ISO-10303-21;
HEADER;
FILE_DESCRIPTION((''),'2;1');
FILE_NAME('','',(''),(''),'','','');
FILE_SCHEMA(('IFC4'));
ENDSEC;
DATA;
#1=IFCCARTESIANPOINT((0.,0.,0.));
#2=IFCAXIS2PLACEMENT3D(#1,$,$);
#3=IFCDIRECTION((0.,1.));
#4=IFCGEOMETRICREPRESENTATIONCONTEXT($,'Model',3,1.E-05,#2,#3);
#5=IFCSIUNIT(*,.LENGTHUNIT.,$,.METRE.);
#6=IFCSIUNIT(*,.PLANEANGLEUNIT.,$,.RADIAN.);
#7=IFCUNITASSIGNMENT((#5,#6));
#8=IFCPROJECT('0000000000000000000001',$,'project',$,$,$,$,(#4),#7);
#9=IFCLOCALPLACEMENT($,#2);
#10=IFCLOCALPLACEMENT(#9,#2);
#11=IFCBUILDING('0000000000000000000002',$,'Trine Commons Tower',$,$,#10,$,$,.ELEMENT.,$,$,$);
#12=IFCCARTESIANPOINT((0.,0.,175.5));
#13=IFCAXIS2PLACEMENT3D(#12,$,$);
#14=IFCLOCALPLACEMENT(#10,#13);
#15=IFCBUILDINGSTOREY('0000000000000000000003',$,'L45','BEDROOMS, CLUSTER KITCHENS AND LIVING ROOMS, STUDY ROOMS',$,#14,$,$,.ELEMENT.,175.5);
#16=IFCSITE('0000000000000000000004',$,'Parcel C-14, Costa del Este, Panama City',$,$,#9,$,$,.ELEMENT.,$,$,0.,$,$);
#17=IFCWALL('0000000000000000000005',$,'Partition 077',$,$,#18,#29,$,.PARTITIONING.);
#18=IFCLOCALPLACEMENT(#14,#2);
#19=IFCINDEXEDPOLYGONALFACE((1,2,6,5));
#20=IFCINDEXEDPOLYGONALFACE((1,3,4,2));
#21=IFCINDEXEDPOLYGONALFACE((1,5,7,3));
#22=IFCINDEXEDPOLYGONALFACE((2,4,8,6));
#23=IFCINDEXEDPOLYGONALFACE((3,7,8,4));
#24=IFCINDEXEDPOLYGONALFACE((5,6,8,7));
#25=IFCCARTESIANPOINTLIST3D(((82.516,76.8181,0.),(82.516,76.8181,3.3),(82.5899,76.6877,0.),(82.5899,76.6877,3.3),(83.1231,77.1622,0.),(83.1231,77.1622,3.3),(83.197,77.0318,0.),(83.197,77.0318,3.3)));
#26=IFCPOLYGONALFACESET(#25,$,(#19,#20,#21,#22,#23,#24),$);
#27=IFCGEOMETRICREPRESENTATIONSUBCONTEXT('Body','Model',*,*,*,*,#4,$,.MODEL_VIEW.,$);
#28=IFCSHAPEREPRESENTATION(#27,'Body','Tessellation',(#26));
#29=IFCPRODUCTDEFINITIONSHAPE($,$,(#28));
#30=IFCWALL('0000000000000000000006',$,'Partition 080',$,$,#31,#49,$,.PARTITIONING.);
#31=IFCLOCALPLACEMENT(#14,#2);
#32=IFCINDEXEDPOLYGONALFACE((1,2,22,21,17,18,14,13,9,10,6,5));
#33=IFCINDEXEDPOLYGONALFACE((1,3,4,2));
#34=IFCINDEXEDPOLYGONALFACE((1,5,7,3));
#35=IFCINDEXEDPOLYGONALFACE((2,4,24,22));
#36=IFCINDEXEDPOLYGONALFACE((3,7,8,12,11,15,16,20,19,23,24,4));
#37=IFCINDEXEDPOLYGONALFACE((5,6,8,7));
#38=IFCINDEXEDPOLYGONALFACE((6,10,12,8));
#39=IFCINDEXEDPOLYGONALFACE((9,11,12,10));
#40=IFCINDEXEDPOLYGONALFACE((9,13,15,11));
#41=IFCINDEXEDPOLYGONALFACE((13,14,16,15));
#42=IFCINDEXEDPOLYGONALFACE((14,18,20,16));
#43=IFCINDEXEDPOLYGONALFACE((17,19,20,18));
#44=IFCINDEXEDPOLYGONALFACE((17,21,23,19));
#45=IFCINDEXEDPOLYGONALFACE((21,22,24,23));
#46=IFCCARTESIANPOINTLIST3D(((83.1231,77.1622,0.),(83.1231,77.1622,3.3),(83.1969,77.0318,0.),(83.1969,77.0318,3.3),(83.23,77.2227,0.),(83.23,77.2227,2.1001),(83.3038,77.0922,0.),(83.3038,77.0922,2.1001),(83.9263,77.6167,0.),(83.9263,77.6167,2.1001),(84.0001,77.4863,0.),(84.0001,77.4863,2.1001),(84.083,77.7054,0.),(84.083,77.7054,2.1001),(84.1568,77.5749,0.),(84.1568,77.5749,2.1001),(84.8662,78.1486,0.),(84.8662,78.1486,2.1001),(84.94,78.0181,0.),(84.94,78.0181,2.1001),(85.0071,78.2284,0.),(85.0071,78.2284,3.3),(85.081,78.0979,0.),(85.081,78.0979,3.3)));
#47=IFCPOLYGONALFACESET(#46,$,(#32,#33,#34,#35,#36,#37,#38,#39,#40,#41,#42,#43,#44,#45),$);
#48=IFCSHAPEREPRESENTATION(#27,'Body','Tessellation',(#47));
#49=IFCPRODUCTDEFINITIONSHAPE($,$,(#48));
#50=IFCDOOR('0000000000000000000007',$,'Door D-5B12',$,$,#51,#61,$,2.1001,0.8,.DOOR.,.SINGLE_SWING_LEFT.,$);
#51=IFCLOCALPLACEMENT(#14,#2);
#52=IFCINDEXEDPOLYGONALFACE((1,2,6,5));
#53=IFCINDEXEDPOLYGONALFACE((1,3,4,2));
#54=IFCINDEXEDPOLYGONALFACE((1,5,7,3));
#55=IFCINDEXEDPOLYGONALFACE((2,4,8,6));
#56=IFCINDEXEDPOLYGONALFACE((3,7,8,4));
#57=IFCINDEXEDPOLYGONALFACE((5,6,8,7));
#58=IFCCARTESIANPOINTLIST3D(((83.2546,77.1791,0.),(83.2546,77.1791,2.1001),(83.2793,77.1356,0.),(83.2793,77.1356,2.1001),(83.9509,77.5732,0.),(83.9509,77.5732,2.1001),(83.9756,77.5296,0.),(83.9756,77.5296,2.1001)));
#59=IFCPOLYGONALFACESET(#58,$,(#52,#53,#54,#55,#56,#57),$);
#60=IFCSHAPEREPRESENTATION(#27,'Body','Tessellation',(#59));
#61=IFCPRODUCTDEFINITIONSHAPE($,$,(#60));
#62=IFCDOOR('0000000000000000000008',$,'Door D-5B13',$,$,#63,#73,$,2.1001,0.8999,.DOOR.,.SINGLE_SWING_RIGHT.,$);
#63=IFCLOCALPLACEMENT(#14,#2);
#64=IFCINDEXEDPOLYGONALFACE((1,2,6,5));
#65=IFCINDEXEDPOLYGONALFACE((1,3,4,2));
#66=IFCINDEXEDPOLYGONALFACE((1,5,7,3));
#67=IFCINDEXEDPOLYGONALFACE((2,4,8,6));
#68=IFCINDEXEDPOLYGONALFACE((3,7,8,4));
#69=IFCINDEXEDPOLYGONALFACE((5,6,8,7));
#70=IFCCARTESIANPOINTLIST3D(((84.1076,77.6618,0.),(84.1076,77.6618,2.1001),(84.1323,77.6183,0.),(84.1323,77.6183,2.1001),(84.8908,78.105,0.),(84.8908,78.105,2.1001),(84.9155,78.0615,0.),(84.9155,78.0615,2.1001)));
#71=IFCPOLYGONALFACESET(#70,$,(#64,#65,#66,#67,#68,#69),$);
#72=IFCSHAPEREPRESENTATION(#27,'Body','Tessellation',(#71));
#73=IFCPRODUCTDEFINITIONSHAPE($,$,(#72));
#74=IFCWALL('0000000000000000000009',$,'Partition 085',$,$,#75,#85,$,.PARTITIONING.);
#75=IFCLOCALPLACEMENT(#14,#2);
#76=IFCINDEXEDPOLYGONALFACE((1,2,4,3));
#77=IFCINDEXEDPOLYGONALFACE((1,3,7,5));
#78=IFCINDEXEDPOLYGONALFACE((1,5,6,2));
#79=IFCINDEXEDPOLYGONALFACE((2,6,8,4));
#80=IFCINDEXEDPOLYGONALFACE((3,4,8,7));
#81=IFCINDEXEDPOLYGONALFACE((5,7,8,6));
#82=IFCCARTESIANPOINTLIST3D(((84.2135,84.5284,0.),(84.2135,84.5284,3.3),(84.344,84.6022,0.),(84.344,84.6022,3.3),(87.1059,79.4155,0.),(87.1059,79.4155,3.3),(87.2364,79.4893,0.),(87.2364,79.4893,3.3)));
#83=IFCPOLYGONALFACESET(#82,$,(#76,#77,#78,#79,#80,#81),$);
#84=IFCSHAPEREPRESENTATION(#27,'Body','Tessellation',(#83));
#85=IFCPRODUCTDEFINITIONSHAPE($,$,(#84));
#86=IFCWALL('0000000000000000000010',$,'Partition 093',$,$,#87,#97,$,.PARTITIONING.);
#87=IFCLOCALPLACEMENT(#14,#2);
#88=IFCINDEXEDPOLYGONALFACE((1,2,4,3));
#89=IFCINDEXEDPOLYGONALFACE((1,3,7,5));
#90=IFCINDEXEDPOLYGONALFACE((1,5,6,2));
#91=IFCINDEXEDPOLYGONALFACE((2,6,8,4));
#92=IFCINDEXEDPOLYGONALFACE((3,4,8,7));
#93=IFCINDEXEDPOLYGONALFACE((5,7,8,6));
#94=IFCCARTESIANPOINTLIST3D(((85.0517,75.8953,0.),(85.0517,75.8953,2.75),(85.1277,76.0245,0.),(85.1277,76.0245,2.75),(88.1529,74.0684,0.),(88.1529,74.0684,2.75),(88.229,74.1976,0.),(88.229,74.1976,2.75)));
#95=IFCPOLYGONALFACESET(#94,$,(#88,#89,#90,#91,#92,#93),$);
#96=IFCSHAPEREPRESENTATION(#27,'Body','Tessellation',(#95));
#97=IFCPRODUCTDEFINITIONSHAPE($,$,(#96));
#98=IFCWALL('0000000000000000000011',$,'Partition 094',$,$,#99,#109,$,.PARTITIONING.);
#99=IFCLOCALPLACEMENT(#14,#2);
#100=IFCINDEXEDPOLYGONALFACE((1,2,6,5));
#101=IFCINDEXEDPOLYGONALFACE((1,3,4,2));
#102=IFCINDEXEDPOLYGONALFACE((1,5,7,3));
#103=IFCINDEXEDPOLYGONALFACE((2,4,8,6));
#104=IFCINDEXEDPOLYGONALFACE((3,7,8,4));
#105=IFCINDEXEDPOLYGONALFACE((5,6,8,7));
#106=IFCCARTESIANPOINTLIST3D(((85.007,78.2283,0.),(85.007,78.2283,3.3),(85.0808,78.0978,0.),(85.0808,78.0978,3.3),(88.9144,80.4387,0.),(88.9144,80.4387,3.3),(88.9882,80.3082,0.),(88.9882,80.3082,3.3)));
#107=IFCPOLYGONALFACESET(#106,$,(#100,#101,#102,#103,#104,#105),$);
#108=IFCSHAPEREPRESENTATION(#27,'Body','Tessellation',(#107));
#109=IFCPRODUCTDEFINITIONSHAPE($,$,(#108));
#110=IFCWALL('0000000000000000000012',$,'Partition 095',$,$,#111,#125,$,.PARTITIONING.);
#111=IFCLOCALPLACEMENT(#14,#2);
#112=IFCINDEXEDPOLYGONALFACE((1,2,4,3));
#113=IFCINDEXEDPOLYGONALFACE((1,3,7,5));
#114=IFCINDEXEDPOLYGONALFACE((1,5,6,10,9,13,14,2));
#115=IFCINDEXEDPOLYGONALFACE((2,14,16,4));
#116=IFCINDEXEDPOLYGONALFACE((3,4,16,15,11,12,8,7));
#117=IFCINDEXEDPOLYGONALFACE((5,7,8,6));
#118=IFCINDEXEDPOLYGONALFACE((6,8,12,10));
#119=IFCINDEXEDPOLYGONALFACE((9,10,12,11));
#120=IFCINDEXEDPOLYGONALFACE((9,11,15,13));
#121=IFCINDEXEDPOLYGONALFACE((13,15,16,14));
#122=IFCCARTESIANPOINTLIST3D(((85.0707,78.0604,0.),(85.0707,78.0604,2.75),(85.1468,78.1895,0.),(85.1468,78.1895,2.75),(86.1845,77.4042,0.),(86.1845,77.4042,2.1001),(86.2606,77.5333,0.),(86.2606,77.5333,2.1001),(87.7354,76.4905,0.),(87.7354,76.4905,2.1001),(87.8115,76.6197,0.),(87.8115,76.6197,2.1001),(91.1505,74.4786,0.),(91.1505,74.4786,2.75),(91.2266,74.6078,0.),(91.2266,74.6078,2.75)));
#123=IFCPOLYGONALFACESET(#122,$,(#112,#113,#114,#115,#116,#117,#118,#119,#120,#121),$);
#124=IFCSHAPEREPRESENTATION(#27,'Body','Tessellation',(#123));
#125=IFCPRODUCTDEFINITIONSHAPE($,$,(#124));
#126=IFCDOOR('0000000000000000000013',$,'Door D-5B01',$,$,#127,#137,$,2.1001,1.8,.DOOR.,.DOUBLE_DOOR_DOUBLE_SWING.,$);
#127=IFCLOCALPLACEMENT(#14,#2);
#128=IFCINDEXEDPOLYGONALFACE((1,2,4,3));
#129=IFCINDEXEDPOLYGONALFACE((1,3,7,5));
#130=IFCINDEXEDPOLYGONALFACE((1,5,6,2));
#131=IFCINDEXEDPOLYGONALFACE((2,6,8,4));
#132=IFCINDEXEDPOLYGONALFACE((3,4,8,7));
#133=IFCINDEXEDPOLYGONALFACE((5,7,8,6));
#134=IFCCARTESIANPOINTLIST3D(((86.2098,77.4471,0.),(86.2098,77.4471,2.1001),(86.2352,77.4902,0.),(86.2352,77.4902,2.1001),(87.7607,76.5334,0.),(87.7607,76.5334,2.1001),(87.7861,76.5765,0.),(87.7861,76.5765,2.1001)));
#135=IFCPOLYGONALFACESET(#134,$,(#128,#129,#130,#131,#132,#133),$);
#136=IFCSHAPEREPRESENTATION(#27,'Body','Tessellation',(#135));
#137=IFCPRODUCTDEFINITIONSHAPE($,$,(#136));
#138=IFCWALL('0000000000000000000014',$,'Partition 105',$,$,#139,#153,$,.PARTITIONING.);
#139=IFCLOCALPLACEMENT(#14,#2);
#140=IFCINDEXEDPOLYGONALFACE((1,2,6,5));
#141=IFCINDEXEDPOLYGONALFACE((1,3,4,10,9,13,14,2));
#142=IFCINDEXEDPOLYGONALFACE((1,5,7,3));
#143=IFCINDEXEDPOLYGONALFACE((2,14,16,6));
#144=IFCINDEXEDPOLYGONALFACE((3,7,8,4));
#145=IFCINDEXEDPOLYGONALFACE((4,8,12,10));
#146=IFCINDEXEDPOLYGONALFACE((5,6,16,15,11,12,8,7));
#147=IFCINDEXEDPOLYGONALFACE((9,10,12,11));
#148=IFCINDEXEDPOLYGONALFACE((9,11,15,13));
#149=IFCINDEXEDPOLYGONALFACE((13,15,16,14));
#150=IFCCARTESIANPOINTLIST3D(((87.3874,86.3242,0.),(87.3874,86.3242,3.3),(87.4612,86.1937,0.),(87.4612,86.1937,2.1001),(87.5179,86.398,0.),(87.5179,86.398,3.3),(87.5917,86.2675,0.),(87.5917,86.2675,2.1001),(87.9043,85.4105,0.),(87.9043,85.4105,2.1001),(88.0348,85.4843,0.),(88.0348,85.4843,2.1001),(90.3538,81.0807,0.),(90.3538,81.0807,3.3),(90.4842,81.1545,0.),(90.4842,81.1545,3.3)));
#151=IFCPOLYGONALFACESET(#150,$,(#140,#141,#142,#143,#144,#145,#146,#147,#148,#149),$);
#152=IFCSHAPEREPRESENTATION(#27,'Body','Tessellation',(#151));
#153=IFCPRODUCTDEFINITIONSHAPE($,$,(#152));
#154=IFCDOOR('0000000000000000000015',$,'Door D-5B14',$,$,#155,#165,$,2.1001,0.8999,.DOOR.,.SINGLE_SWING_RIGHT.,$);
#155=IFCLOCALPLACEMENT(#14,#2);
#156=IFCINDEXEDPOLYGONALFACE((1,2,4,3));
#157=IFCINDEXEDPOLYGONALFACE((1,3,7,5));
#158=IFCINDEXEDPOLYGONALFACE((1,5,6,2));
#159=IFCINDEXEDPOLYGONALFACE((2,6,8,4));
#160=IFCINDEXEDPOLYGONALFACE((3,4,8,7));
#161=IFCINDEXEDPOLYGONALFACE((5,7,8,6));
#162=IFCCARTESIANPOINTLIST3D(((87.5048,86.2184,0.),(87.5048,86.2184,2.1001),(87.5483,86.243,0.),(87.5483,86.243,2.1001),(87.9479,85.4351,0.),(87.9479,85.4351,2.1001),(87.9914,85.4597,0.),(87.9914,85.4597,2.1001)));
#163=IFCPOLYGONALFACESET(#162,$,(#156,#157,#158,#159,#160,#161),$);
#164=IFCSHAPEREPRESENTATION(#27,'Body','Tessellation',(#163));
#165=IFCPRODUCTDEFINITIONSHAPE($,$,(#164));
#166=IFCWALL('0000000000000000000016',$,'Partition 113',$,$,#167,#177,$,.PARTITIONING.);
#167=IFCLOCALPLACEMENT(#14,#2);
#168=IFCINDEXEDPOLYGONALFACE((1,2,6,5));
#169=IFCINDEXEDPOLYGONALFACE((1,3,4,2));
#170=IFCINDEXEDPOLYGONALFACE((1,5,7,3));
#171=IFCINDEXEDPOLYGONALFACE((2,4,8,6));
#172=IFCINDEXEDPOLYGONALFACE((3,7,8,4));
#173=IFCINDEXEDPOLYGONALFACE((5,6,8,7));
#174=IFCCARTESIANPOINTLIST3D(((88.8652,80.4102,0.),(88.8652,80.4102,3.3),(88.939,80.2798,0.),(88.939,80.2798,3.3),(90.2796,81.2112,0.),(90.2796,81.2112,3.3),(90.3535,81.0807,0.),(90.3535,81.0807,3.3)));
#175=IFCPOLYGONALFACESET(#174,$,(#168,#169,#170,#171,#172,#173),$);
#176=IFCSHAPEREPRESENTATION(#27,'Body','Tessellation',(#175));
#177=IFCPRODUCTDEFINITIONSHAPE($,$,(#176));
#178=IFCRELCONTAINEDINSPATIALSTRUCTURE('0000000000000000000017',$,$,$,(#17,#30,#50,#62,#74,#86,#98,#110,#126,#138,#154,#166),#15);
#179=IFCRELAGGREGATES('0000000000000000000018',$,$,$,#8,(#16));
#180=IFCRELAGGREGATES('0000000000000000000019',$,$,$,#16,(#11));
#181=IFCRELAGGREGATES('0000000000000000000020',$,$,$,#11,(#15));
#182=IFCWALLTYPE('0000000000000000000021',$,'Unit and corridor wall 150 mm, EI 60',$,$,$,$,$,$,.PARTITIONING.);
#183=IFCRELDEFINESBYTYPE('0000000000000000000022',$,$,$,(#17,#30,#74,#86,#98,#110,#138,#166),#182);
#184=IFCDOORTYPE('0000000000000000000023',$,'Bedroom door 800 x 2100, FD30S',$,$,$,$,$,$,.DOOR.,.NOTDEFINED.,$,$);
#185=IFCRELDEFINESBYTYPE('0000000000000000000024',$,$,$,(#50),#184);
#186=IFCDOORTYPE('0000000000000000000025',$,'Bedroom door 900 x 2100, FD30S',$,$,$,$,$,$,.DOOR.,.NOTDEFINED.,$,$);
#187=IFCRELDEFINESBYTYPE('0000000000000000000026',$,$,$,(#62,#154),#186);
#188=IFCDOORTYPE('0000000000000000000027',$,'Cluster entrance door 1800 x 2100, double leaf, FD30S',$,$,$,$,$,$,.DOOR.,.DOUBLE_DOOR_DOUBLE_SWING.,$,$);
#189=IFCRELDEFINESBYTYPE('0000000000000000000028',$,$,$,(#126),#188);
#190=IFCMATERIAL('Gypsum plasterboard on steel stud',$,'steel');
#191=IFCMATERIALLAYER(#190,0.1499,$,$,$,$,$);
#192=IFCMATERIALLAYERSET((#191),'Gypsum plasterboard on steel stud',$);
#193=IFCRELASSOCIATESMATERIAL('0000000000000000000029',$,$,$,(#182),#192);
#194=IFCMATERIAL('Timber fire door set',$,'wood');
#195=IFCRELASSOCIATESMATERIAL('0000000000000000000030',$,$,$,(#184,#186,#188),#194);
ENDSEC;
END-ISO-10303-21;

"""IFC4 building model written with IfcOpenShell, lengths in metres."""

from ifc_helpers import new_model, si_unit, direction, frame, frame_2d, origin, place, context, subcontext, project, spatial, rectangle, extrude, material, layer, layer_set, type_object, element, fill, save


model = new_model("IFC4")

# Units and contexts
model_context = context("Model", 3, precision=1e-05, world=origin(), true_north=direction((0.0, 1.0)))
body_context = subcontext(model_context, "Body", "Model", "MODEL_VIEW")
ifc_project = project(units=[si_unit("LENGTHUNIT", "METRE"), si_unit("PLANEANGLEUNIT", "RADIAN")], contexts=[model_context])

# Site, building, storey
site_placement = place(None, origin())
site = spatial("IfcSite", under=ifc_project, at=site_placement, Name="Parcel C-14, Costa del Este, Panama City", CompositionType="ELEMENT", RefElevation=0.0)
building_placement = place(site_placement, origin())
building = spatial("IfcBuilding", under=site, at=building_placement, Name="Trine Commons Tower", CompositionType="ELEMENT")
storey_placement = place(building_placement, frame((0.0, 0.0, 175.5)))
storey = spatial("IfcBuildingStorey", under=building, at=storey_placement, Name="L45", Description="BEDROOMS, CLUSTER KITCHENS AND LIVING ROOMS, STUDY ROOMS", CompositionType="ELEMENT", Elevation=175.5)

# Wall
ifc_material_1 = material(Name="Gypsum plasterboard on steel stud", Category="steel")
ifc_layer_1 = layer(ifc_material_1, 0.1499)
ifc_layer_set_1 = layer_set([ifc_layer_1], Name="Gypsum plasterboard on steel stud")
wall_type_1 = type_object("IfcWallType", Name="Unit and corridor wall 150 mm, EI 60", PredefinedType="PARTITIONING", material=ifc_layer_set_1)
wall_1_placement = place(storey_placement, frame((82.553, 76.7529, 0.0), z_axis=(0.0, 0.0, 1.0), x_axis=(0.869982, 0.493083, 0.0)))
element("IfcWall", 1, at=wall_1_placement, inside=storey, type_object=wall_type_1, Name="Partition 077", PredefinedType="PARTITIONING", context=body_context, shape_type="SweptSolid", body=[
    extrude(rectangle(XDim=0.6978, YDim=0.1499, at=frame_2d((0.3489, 0.0))), origin(), (0.0, 0.0, 1.0), 3.3),
])

# Wall, openings, doors
wall_2_placement = place(storey_placement, frame((83.1599, 77.0969, 0.0), z_axis=(0.0, 0.0, 1.0), x_axis=(0.870311, 0.492503, 0.0)))
wall_2 = element("IfcWall", 2, at=wall_2_placement, inside=storey, type_object=wall_type_1, Name="Partition 080", PredefinedType="PARTITIONING", context=body_context, shape_type="SweptSolid", body=[
    extrude(rectangle(XDim=2.1648, YDim=0.1499, at=frame_2d((1.0825, 0.0))), origin(), (0.0, 0.0, 1.0), 3.3),
])
opening_1_placement = place(wall_2_placement, frame((0.123, 0.0, 0.0)))
opening_1 = element("IfcOpeningElement", 3, at=opening_1_placement, cuts=wall_2, PredefinedType="OPENING", context=body_context, shape_type="SweptSolid", body=[
    extrude(rectangle(XDim=0.8, YDim=2.1001, at=frame_2d((0.3999, 1.05))), frame((0.0, 0.085, 0.0), z_axis=(0.0, -1.0, 0.0), x_axis=(1.0, 0.0, 0.0)), (0.0, 0.0, 1.0), 0.1699),
])
opening_2_placement = place(wall_2_placement, frame((1.103, 0.0, 0.0)))
opening_2 = element("IfcOpeningElement", 4, at=opening_2_placement, cuts=wall_2, PredefinedType="OPENING", context=body_context, shape_type="SweptSolid", body=[
    extrude(rectangle(XDim=0.8999, YDim=2.1001, at=frame_2d((0.45, 1.05))), frame((0.0, 0.085, 0.0), z_axis=(0.0, -1.0, 0.0), x_axis=(1.0, 0.0, 0.0)), (0.0, 0.0, 1.0), 0.1699),
])
ifc_material_2 = material(Name="Timber fire door set", Category="wood")
door_type_1 = type_object("IfcDoorType", Name="Bedroom door 800 x 2100, FD30S", OperationType="NOTDEFINED", PredefinedType="DOOR", material=ifc_material_2)
door_1_placement = place(opening_1_placement, origin())
door_1 = element("IfcDoor", 5, at=door_1_placement, inside=storey, type_object=door_type_1, Name="Door D-5B12", OperationType="SINGLE_SWING_LEFT", OverallHeight=2.1001, OverallWidth=0.8, PredefinedType="DOOR", context=body_context, shape_type="SweptSolid", body=[
    extrude(rectangle(XDim=0.8, YDim=2.1001, at=frame_2d((0.3999, 1.05))), frame((0.0, 0.0249, 0.0), z_axis=(0.0, -1.0, 0.0), x_axis=(1.0, 0.0, 0.0)), (0.0, 0.0, 1.0), 0.05),
])
fill(opening_1, door_1)
door_type_2 = type_object("IfcDoorType", Name="Bedroom door 900 x 2100, FD30S", OperationType="NOTDEFINED", PredefinedType="DOOR", material=ifc_material_2)
door_2_placement = place(opening_2_placement, origin())
door_2 = element("IfcDoor", 6, at=door_2_placement, inside=storey, type_object=door_type_2, Name="Door D-5B13", OperationType="SINGLE_SWING_RIGHT", OverallHeight=2.1001, OverallWidth=0.8999, PredefinedType="DOOR", context=body_context, shape_type="SweptSolid", body=[
    extrude(rectangle(XDim=0.8999, YDim=2.1001, at=frame_2d((0.45, 1.05))), frame((0.0, 0.0249, 0.0), z_axis=(0.0, -1.0, 0.0), x_axis=(1.0, 0.0, 0.0)), (0.0, 0.0, 1.0), 0.05),
])
fill(opening_2, door_2)

# Walls
wall_3_placement = place(storey_placement, frame((84.2788, 84.5652, 0.0), z_axis=(0.0, 0.0, 1.0), x_axis=(0.492379, -0.870381, 0.0)))
element("IfcWall", 7, at=wall_3_placement, inside=storey, type_object=wall_type_1, Name="Partition 085", PredefinedType="PARTITIONING", context=body_context, shape_type="SweptSolid", body=[
    extrude(rectangle(XDim=5.8743, YDim=0.1499, at=frame_2d((2.937, 0.0))), origin(), (0.0, 0.0, 1.0), 3.3),
])
wall_4_placement = place(storey_placement, frame((85.0896, 75.96, 0.0), z_axis=(0.0, 0.0, 1.0), x_axis=(0.861618, -0.507557, 0.0)))
element("IfcWall", 8, at=wall_4_placement, inside=storey, type_object=wall_type_1, Name="Partition 093", PredefinedType="PARTITIONING", context=body_context, shape_type="SweptSolid", body=[
    extrude(rectangle(XDim=3.5994, YDim=0.1499, at=frame_2d((1.7998, 0.0))), origin(), (0.0, 0.0, 1.0), 2.75),
])
wall_5_placement = place(storey_placement, frame((85.0439, 78.1631, 0.0), z_axis=(0.0, 0.0, 1.0), x_axis=(0.870384, 0.492374, 0.0)))
element("IfcWall", 9, at=wall_5_placement, inside=storey, type_object=wall_type_1, Name="Partition 094", PredefinedType="PARTITIONING", context=body_context, shape_type="SweptSolid", body=[
    extrude(rectangle(XDim=4.4893, YDim=0.1499, at=frame_2d((2.2446, 0.0))), origin(), (0.0, 0.0, 1.0), 3.3),
])

# Walls, openings, doors
wall_6_placement = place(storey_placement, frame((85.1086, 78.125, 0.0), z_axis=(0.0, 0.0, 1.0), x_axis=(0.861599, -0.50759, 0.0)))
wall_6 = element("IfcWall", 10, at=wall_6_placement, inside=storey, type_object=wall_type_1, Name="Partition 095", PredefinedType="PARTITIONING", context=body_context, shape_type="SweptSolid", body=[
    extrude(rectangle(XDim=7.0564, YDim=0.1499, at=frame_2d((3.5283, 0.0))), origin(), (0.0, 0.0, 1.0), 2.75),
])
opening_3_placement = place(wall_6_placement, frame((1.293, 0.0, 0.0)))
opening_3 = element("IfcOpeningElement", 11, at=opening_3_placement, cuts=wall_6, PredefinedType="OPENING", context=body_context, shape_type="SweptSolid", body=[
    extrude(rectangle(XDim=1.8, YDim=2.1001, at=frame_2d((0.8999, 1.05))), frame((0.0, 0.085, 0.0), z_axis=(0.0, -1.0, 0.0), x_axis=(1.0, 0.0, 0.0)), (0.0, 0.0, 1.0), 0.1699),
])
door_type_3 = type_object("IfcDoorType", Name="Cluster entrance door 1800 x 2100, double leaf, FD30S", OperationType="DOUBLE_DOOR_DOUBLE_SWING", PredefinedType="DOOR", material=ifc_material_2)
door_3_placement = place(opening_3_placement, origin())
door_3 = element("IfcDoor", 12, at=door_3_placement, inside=storey, type_object=door_type_3, Name="Door D-5B01", OperationType="DOUBLE_DOOR_DOUBLE_SWING", OverallHeight=2.1001, OverallWidth=1.8, PredefinedType="DOOR", context=body_context, shape_type="SweptSolid", body=[
    extrude(rectangle(XDim=1.8, YDim=2.1001, at=frame_2d((0.8999, 1.05))), frame((0.0, 0.0249, 0.0), z_axis=(0.0, -1.0, 0.0), x_axis=(1.0, 0.0, 0.0)), (0.0, 0.0, 1.0), 0.05),
])
fill(opening_3, door_3)
wall_7_placement = place(storey_placement, frame((87.4526, 86.3611, 0.0), z_axis=(0.0, 0.0, 1.0), x_axis=(0.49239, -0.870375, 0.0)))
wall_7 = element("IfcWall", 13, at=wall_7_placement, inside=storey, type_object=wall_type_1, Name="Partition 105", PredefinedType="PARTITIONING", context=body_context, shape_type="SweptSolid", body=[
    extrude(rectangle(XDim=6.0244, YDim=0.1499, at=frame_2d((3.0122, 0.0))), origin(), (0.0, 0.0, 1.0), 3.3),
])
opening_4_placement = place(wall_7_placement, frame((0.1499, 0.0, 0.0)))
opening_4 = element("IfcOpeningElement", 14, at=opening_4_placement, cuts=wall_7, PredefinedType="OPENING", context=body_context, shape_type="SweptSolid", body=[
    extrude(rectangle(XDim=0.8999, YDim=2.1001, at=frame_2d((0.45, 1.05))), frame((0.0, 0.085, 0.0), z_axis=(0.0, -1.0, 0.0), x_axis=(1.0, 0.0, 0.0)), (0.0, 0.0, 1.0), 0.1699),
])
door_4_placement = place(opening_4_placement, frame((0.8999, 0.0, 0.0), z_axis=(0.0, 0.0, 1.0), x_axis=(-1.0, 0.0, 0.0)))
door_4 = element("IfcDoor", 15, at=door_4_placement, inside=storey, type_object=door_type_2, Name="Door D-5B14", OperationType="SINGLE_SWING_RIGHT", OverallHeight=2.1001, OverallWidth=0.8999, PredefinedType="DOOR", context=body_context, shape_type="SweptSolid", body=[
    extrude(rectangle(XDim=0.8999, YDim=2.1001, at=frame_2d((0.45, 1.05))), frame((0.0, 0.0249, 0.0), z_axis=(0.0, -1.0, 0.0), x_axis=(1.0, 0.0, 0.0)), (0.0, 0.0, 1.0), 0.05),
])
fill(opening_4, door_4)

# Wall
wall_8_placement = place(storey_placement, frame((88.9021, 80.345, 0.0), z_axis=(0.0, 0.0, 1.0), x_axis=(0.870168, 0.492755, 0.0)))
element("IfcWall", 16, at=wall_8_placement, inside=storey, type_object=wall_type_1, Name="Partition 113", PredefinedType="PARTITIONING", context=body_context, shape_type="SweptSolid", body=[
    extrude(rectangle(XDim=1.6255, YDim=0.1499, at=frame_2d((0.8127, 0.0))), origin(), (0.0, 0.0, 1.0), 3.3),
])

save(model, "model.ifc")
